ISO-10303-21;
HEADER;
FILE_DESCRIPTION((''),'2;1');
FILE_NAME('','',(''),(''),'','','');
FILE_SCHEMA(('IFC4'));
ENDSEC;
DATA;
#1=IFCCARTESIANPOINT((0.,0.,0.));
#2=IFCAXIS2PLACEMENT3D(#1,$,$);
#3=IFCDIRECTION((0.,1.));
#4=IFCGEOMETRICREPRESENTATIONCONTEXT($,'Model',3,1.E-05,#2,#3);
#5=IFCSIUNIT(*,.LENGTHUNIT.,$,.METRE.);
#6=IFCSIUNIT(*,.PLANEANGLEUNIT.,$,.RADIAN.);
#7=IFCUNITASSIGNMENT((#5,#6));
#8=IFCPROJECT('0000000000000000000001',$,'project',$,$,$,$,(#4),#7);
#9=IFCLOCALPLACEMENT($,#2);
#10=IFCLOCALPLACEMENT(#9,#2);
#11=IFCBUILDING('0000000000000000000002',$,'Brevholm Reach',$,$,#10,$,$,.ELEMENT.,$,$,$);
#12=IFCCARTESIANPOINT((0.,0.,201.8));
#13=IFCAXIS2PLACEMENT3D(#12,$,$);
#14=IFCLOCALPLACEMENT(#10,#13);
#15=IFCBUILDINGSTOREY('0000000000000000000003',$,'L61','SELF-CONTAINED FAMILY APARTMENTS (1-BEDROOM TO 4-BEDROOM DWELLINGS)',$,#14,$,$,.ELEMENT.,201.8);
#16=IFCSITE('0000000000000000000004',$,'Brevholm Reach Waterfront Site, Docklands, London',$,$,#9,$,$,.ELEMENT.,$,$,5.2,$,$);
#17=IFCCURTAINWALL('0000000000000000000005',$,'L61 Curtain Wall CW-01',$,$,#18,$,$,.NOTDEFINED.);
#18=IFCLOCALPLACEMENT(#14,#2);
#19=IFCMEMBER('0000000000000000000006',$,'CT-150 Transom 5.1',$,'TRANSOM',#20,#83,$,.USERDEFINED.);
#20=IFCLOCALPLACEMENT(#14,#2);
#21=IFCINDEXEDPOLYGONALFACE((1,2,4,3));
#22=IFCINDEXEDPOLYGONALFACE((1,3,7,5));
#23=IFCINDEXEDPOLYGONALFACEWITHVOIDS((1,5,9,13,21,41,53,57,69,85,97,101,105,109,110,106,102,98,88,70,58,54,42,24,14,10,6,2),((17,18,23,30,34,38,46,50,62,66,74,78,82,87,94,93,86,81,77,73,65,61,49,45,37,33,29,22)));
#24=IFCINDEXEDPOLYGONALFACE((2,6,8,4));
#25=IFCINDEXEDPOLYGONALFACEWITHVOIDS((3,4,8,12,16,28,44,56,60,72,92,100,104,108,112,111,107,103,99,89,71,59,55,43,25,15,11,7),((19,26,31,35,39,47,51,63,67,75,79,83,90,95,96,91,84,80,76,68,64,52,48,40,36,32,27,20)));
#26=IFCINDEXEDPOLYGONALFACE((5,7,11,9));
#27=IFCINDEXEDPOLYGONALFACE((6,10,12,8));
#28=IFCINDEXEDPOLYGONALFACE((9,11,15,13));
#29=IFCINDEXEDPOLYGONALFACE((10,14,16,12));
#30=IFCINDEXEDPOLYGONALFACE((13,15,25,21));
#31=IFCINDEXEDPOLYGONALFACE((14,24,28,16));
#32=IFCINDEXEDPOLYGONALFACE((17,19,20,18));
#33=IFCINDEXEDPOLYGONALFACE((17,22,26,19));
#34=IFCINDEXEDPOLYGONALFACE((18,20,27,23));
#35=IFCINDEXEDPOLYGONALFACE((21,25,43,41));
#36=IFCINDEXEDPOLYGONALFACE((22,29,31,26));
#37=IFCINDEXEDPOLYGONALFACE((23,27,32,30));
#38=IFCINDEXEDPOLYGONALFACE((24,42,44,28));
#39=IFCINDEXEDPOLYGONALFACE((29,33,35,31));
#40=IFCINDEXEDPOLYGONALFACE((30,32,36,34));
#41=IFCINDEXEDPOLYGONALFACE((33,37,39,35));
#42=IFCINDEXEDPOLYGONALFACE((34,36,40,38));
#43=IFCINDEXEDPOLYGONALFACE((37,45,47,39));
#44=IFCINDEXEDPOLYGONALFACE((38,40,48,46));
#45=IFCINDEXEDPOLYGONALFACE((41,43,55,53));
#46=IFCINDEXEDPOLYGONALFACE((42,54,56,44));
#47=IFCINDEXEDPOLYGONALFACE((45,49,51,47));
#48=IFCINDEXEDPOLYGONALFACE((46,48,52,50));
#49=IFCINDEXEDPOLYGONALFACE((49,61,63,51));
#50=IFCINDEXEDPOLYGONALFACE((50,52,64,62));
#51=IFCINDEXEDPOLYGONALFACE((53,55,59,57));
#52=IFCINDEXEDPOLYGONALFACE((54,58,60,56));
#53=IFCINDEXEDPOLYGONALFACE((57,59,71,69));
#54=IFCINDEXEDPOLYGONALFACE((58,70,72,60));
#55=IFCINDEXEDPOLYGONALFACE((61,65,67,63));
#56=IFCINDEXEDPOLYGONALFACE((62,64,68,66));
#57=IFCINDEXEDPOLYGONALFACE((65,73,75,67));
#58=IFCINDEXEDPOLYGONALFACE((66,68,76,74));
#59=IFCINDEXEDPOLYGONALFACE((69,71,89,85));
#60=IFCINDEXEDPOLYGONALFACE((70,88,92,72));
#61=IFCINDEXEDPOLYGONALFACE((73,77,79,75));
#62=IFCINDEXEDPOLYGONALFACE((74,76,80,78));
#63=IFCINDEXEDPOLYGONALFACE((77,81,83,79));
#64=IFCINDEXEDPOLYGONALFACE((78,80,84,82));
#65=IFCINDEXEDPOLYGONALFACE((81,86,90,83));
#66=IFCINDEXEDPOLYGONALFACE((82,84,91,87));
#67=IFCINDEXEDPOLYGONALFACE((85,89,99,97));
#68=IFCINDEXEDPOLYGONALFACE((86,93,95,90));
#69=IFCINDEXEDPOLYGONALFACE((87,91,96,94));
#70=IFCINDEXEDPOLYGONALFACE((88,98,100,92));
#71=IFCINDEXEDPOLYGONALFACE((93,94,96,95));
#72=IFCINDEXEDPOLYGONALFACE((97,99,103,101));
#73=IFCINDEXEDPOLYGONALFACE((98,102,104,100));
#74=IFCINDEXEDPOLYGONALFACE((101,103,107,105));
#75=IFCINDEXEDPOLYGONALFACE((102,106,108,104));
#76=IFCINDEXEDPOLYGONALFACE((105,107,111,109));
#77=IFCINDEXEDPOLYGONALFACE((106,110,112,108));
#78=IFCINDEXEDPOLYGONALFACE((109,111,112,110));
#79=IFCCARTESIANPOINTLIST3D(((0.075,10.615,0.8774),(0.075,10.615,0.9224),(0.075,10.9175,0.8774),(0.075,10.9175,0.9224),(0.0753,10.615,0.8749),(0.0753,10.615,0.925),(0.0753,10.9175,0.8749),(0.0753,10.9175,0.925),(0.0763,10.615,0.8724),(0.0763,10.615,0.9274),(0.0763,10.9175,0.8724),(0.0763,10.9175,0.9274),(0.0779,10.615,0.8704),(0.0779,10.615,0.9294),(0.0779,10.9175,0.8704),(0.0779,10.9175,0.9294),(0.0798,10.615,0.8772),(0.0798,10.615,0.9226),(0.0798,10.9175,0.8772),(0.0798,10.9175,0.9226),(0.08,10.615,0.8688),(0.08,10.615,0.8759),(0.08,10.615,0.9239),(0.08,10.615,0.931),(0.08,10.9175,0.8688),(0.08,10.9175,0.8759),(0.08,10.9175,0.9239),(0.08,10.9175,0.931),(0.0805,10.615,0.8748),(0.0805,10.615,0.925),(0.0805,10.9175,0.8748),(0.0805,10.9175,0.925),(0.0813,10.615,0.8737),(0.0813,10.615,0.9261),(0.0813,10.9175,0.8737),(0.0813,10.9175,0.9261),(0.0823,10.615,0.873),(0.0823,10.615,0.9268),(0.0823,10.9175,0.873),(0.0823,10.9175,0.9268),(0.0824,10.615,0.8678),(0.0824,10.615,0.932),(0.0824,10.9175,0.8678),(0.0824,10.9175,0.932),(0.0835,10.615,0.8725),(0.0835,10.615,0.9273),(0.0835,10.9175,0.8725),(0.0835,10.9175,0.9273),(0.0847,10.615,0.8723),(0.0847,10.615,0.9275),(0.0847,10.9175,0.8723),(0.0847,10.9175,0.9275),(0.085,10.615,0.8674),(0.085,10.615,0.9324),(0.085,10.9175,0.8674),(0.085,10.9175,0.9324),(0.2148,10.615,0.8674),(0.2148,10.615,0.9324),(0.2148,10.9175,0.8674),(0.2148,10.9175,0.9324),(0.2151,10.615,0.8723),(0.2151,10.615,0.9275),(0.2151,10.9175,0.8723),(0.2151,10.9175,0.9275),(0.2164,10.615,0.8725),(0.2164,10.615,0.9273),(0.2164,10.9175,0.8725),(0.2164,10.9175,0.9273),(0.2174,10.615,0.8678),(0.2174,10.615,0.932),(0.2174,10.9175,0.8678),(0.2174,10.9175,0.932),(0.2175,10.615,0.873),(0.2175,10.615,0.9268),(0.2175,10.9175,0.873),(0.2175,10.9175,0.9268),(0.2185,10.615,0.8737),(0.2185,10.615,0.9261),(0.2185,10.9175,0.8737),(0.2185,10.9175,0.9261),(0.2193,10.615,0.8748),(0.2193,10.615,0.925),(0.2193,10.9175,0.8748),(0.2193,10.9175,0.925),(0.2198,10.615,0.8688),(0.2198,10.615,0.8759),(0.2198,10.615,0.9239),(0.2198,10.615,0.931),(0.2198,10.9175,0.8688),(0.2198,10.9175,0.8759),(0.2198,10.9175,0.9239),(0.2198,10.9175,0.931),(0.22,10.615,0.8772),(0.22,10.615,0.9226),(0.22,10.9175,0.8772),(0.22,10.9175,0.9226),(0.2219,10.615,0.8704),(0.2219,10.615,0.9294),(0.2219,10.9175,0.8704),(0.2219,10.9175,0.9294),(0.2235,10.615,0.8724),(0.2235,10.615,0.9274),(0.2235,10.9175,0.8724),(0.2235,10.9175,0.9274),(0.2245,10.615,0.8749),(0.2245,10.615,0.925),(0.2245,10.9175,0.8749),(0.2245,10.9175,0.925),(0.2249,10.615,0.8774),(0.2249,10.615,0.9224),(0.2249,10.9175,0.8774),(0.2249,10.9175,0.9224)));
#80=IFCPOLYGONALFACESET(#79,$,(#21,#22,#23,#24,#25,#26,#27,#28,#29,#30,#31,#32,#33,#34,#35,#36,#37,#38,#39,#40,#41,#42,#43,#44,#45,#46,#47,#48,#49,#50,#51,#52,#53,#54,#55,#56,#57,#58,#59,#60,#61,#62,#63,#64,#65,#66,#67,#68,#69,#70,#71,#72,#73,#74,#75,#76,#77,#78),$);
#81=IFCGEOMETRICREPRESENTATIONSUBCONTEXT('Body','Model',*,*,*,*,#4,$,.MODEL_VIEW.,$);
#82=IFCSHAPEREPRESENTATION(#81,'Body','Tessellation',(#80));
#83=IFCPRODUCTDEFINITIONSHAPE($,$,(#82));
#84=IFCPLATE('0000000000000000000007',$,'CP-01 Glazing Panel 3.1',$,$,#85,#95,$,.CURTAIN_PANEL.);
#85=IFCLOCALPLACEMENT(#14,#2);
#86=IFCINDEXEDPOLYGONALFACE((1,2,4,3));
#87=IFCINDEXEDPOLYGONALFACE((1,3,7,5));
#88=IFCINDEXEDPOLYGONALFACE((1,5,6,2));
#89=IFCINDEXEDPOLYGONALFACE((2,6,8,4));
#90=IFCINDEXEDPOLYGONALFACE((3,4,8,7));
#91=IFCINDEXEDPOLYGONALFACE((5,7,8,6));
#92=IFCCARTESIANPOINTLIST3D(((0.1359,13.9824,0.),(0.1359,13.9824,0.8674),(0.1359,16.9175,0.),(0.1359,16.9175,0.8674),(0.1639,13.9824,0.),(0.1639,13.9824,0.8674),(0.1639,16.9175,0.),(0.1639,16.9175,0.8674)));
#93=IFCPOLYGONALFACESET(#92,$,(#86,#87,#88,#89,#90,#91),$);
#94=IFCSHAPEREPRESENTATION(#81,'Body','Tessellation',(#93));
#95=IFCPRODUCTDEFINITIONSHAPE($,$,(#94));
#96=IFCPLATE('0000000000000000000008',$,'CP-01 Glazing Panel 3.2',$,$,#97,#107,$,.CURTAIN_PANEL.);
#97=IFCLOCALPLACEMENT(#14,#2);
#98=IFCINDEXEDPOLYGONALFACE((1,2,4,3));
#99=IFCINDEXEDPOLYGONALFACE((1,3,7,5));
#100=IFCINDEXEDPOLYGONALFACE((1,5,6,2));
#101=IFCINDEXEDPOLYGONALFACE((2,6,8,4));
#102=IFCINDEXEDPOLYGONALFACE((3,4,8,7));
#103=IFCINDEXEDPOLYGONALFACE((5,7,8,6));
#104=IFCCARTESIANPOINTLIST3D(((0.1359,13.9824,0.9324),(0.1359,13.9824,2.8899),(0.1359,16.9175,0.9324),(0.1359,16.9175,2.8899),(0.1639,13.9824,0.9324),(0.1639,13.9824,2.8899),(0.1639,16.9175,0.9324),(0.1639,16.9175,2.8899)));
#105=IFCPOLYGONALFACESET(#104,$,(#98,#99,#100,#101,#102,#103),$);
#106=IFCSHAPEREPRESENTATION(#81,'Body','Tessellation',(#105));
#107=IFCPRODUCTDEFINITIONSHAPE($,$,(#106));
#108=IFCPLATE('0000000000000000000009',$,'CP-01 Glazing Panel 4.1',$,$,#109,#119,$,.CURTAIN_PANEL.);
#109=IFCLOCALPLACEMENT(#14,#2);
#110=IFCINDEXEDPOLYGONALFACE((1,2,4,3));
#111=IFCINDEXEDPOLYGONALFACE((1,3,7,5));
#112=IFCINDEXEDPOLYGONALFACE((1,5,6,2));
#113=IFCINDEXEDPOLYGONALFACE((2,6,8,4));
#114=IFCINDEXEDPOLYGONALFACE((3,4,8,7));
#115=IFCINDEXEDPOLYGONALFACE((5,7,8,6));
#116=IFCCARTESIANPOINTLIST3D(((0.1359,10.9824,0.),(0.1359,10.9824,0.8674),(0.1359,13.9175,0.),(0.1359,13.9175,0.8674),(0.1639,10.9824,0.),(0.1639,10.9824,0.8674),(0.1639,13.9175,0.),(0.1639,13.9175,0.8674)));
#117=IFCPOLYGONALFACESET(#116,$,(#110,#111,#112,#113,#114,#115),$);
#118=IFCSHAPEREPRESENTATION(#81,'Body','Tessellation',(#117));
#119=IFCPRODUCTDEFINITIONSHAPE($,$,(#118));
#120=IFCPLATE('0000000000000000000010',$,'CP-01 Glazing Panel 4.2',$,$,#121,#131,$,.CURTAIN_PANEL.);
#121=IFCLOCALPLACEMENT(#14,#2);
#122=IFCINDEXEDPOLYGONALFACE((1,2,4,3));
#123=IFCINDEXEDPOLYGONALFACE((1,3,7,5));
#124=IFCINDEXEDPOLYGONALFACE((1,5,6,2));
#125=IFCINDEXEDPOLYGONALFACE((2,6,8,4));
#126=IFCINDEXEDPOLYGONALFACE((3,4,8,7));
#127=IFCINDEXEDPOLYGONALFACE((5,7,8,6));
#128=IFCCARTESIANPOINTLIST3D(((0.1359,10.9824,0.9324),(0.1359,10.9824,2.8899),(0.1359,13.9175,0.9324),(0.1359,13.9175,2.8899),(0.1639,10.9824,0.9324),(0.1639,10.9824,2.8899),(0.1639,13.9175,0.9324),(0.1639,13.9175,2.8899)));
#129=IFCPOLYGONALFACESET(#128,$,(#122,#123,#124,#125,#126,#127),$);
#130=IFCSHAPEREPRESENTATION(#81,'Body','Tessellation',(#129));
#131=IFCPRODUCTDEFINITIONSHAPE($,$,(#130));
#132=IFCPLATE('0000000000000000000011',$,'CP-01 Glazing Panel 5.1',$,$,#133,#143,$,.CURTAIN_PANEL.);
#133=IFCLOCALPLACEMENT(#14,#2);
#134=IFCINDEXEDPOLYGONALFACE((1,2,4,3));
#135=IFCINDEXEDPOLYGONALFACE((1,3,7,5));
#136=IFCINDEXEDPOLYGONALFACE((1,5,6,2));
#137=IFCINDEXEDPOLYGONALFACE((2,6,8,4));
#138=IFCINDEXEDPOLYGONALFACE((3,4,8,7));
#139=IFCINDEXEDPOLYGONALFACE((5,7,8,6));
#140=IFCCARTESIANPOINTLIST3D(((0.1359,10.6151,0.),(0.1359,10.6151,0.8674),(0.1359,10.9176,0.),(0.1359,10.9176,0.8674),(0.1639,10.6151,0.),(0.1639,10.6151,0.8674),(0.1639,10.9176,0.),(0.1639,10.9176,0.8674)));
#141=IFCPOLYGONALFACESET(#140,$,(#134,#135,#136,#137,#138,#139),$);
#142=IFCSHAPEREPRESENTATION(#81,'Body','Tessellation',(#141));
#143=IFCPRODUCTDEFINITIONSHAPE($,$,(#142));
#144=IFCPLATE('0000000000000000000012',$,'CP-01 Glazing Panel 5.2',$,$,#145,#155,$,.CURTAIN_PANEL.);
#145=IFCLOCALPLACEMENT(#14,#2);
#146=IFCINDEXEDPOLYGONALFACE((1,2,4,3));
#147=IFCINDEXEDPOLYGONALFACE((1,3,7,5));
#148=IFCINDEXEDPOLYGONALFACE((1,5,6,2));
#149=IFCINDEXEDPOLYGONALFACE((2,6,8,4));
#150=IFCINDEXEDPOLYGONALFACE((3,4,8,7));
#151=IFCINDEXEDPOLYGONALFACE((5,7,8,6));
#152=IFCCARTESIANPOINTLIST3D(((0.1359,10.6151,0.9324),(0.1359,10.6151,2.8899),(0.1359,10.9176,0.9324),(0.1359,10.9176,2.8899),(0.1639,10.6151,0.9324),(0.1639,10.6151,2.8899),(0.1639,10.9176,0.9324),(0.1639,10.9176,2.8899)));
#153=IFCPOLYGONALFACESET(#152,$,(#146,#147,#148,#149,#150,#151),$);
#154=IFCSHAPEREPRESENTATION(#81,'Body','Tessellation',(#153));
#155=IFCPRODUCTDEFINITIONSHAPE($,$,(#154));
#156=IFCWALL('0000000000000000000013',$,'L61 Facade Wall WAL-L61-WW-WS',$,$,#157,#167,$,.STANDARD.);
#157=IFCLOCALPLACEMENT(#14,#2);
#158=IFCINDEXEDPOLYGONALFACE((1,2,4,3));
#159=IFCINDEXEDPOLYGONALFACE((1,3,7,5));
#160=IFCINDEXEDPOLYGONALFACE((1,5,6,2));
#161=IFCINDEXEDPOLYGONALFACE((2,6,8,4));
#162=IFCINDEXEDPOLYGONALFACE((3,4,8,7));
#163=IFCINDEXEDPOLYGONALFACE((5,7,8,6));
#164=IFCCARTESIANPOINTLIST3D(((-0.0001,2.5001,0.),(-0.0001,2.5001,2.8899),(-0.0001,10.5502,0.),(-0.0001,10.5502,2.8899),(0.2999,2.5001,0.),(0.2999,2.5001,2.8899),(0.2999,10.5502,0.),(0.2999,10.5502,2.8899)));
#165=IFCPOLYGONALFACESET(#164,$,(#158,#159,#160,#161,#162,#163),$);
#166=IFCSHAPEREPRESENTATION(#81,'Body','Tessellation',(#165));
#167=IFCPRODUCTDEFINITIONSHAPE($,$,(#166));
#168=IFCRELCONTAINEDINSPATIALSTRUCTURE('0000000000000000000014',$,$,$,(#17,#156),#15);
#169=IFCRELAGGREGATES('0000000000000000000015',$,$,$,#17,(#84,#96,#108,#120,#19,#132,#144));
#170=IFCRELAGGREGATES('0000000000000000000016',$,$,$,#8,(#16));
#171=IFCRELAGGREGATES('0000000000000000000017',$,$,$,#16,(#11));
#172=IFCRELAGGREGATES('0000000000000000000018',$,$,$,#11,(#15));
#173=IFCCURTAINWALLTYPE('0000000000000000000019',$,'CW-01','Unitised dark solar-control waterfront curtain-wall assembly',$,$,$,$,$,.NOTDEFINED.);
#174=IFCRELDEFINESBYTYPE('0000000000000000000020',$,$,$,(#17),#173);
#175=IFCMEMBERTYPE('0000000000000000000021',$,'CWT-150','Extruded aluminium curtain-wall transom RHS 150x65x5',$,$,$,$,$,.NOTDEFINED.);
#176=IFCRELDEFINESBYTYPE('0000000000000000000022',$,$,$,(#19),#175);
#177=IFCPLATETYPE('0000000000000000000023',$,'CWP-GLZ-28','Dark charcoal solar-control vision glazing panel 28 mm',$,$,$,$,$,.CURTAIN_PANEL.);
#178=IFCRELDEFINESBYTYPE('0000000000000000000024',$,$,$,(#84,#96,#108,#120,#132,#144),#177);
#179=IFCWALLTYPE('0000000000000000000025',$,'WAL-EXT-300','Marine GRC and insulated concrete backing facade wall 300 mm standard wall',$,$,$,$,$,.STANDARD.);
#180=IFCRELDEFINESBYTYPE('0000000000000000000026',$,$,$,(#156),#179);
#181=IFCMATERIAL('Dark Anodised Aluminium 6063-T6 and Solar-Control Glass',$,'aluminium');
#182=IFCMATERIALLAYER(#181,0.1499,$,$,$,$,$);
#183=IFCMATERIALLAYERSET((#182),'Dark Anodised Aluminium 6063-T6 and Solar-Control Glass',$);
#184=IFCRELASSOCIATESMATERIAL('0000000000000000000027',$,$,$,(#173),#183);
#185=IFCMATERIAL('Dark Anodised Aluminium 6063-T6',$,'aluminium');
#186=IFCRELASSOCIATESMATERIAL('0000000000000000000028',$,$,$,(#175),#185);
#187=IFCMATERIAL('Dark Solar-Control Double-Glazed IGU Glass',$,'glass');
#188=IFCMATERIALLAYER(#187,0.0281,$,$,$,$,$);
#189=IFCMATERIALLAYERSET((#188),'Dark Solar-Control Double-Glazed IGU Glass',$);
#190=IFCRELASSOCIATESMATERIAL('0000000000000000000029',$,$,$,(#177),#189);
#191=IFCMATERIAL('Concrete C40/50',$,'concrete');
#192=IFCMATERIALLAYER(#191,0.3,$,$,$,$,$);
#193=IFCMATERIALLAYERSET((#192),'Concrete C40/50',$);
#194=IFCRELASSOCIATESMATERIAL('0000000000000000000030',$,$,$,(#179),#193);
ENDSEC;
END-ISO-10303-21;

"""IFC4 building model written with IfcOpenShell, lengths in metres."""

from ifc_helpers import new_model, si_unit, direction, frame, frame_2d, origin, origin_2d, place, context, subcontext, project, spatial, rectangle, hollow_rectangle, extrude, material, layer, layer_set, material_profile, profile_set, type_object, element, aggregate, save


model = new_model("IFC4")

# Units and contexts
model_context = context("Model", 3, precision=1e-05, world=origin(), true_north=direction((0.0, 1.0)))
body_context = subcontext(model_context, "Body", "Model", "MODEL_VIEW")
ifc_project = project(units=[si_unit("LENGTHUNIT", "METRE"), si_unit("PLANEANGLEUNIT", "RADIAN")], contexts=[model_context])

# Site, building, storey
site_placement = place(None, origin())
site = spatial("IfcSite", under=ifc_project, at=site_placement, Name="Brevholm Reach Waterfront Site, Docklands, London", CompositionType="ELEMENT", RefElevation=5.2)
building_placement = place(site_placement, origin())
building = spatial("IfcBuilding", under=site, at=building_placement, Name="Brevholm Reach", CompositionType="ELEMENT")
storey_placement = place(building_placement, frame((0.0, 0.0, 201.8)))
storey = spatial("IfcBuildingStorey", under=building, at=storey_placement, Name="L61", Description="SELF-CONTAINED FAMILY APARTMENTS (1-BEDROOM TO 4-BEDROOM DWELLINGS)", CompositionType="ELEMENT", Elevation=201.8)

# Curtain wall, member, plates
ifc_material_1 = material(Name="Dark Anodised Aluminium 6063-T6 and Solar-Control Glass", Category="aluminium")
ifc_layer_1 = layer(ifc_material_1, 0.1499)
ifc_layer_set_1 = layer_set([ifc_layer_1], Name="Dark Anodised Aluminium 6063-T6 and Solar-Control Glass")
curtain_wall_type = type_object("IfcCurtainWallType", Name="CW-01", Description="Unitised dark solar-control waterfront curtain-wall assembly", PredefinedType="NOTDEFINED", material=ifc_layer_set_1)
curtain_wall_placement = place(storey_placement, origin())
curtain_wall = element("IfcCurtainWall", 1, at=curtain_wall_placement, inside=storey, type_object=curtain_wall_type, Name="L61 Curtain Wall CW-01", PredefinedType="NOTDEFINED")
ifc_material_2 = material(Name="Dark Anodised Aluminium 6063-T6", Category="aluminium")
ifc_material_profile_1 = material_profile(ifc_material_2, hollow_rectangle(XDim=0.0649, YDim=0.1499, WallThickness=0.0049, InnerFilletRadius=0.0049, OuterFilletRadius=0.01, at=origin_2d()), Name="RHS 150x65x5")
ifc_profile_set_1 = profile_set([ifc_material_profile_1], Name="Dark Anodised Aluminium 6063-T6")
member_type_1 = type_object("IfcMemberType", Name="CWT-150", Description="Extruded aluminium curtain-wall transom RHS 150x65x5", PredefinedType="NOTDEFINED", material=ifc_profile_set_1)
member_1_placement = place(storey_placement, frame((0.1499, 10.9175, 0.8999), z_axis=(0.0, -1.0, 0.0), x_axis=(0.0, 0.0, 1.0)))
member_1 = element("IfcMember", 2, at=member_1_placement, type_object=member_type_1, Name="CT-150 Transom 5.1", ObjectType="TRANSOM", PredefinedType="USERDEFINED", context=body_context, shape_type="SweptSolid", body=[
    extrude(hollow_rectangle(XDim=0.0649, YDim=0.1499, WallThickness=0.0049, InnerFilletRadius=0.0049, OuterFilletRadius=0.01, at=origin_2d()), origin(), (0.0, 0.0, 1.0), 0.3025),
])
ifc_material_3 = material(Name="Dark Solar-Control Double-Glazed IGU Glass", Category="glass")
ifc_layer_2 = layer(ifc_material_3, 0.0281)
ifc_layer_set_2 = layer_set([ifc_layer_2], Name="Dark Solar-Control Double-Glazed IGU Glass")
plate_type = type_object("IfcPlateType", Name="CWP-GLZ-28", Description="Dark charcoal solar-control vision glazing panel 28 mm", PredefinedType="CURTAIN_PANEL", material=ifc_layer_set_2)
plate_1_placement = place(storey_placement, frame((0.1499, 15.45, 0.0), z_axis=(0.0, 0.0, 1.0), x_axis=(0.0, -1.0, 0.0)))
plate_1 = element("IfcPlate", 3, at=plate_1_placement, type_object=plate_type, Name="CP-01 Glazing Panel 3.1", PredefinedType="CURTAIN_PANEL", context=body_context, shape_type="SweptSolid", body=[
    extrude(rectangle(XDim=2.9351, YDim=0.0281, at=origin_2d()), origin(), (0.0, 0.0, 1.0), 0.8674),
])
plate_2_placement = place(storey_placement, frame((0.1499, 15.45, 0.9324), z_axis=(0.0, 0.0, 1.0), x_axis=(0.0, -1.0, 0.0)))
plate_2 = element("IfcPlate", 4, at=plate_2_placement, type_object=plate_type, Name="CP-01 Glazing Panel 3.2", PredefinedType="CURTAIN_PANEL", context=body_context, shape_type="SweptSolid", body=[
    extrude(rectangle(XDim=2.9351, YDim=0.0281, at=origin_2d()), origin(), (0.0, 0.0, 1.0), 1.9575),
])
plate_3_placement = place(storey_placement, frame((0.1499, 12.45, 0.0), z_axis=(0.0, 0.0, 1.0), x_axis=(0.0, -1.0, 0.0)))
plate_3 = element("IfcPlate", 5, at=plate_3_placement, type_object=plate_type, Name="CP-01 Glazing Panel 4.1", PredefinedType="CURTAIN_PANEL", context=body_context, shape_type="SweptSolid", body=[
    extrude(rectangle(XDim=2.9351, YDim=0.0281, at=origin_2d()), origin(), (0.0, 0.0, 1.0), 0.8674),
])
plate_4_placement = place(storey_placement, frame((0.1499, 12.45, 0.9324), z_axis=(0.0, 0.0, 1.0), x_axis=(0.0, -1.0, 0.0)))
plate_4 = element("IfcPlate", 6, at=plate_4_placement, type_object=plate_type, Name="CP-01 Glazing Panel 4.2", PredefinedType="CURTAIN_PANEL", context=body_context, shape_type="SweptSolid", body=[
    extrude(rectangle(XDim=2.9351, YDim=0.0281, at=origin_2d()), origin(), (0.0, 0.0, 1.0), 1.9575),
])
plate_5_placement = place(storey_placement, frame((0.1499, 10.7664, 0.0), z_axis=(0.0, 0.0, 1.0), x_axis=(0.0, -1.0, 0.0)))
plate_5 = element("IfcPlate", 7, at=plate_5_placement, type_object=plate_type, Name="CP-01 Glazing Panel 5.1", PredefinedType="CURTAIN_PANEL", context=body_context, shape_type="SweptSolid", body=[
    extrude(rectangle(XDim=0.3025, YDim=0.0281, at=origin_2d()), origin(), (0.0, 0.0, 1.0), 0.8674),
])
plate_6_placement = place(storey_placement, frame((0.1499, 10.7664, 0.9324), z_axis=(0.0, 0.0, 1.0), x_axis=(0.0, -1.0, 0.0)))
plate_6 = element("IfcPlate", 8, at=plate_6_placement, type_object=plate_type, Name="CP-01 Glazing Panel 5.2", PredefinedType="CURTAIN_PANEL", context=body_context, shape_type="SweptSolid", body=[
    extrude(rectangle(XDim=0.3025, YDim=0.0281, at=origin_2d()), origin(), (0.0, 0.0, 1.0), 1.9575),
])
aggregate(curtain_wall, [plate_1, plate_2, plate_3, plate_4, member_1, plate_5, plate_6])

# Wall
ifc_material_4 = material(Name="Concrete C40/50", Category="concrete")
ifc_layer_3 = layer(ifc_material_4, 0.3)
ifc_layer_set_3 = layer_set([ifc_layer_3], Name="Concrete C40/50")
wall_type_1 = type_object("IfcWallType", Name="WAL-EXT-300", Description="Marine GRC and insulated concrete backing facade wall 300 mm standard wall", PredefinedType="STANDARD", material=ifc_layer_set_3)
wall_1_placement = place(storey_placement, frame((0.1499, 10.55, 0.0), z_axis=(0.0, 0.0, 1.0), x_axis=(0.0, -1.0, 0.0)))
element("IfcWall", 9, at=wall_1_placement, inside=storey, type_object=wall_type_1, Name="L61 Facade Wall WAL-L61-WW-WS", PredefinedType="STANDARD", context=body_context, shape_type="SweptSolid", body=[
    extrude(rectangle(XDim=8.05, YDim=0.3, at=frame_2d((4.0249, 0.0))), origin(), (0.0, 0.0, 1.0), 2.8899),
])

save(model, "model.ifc")
